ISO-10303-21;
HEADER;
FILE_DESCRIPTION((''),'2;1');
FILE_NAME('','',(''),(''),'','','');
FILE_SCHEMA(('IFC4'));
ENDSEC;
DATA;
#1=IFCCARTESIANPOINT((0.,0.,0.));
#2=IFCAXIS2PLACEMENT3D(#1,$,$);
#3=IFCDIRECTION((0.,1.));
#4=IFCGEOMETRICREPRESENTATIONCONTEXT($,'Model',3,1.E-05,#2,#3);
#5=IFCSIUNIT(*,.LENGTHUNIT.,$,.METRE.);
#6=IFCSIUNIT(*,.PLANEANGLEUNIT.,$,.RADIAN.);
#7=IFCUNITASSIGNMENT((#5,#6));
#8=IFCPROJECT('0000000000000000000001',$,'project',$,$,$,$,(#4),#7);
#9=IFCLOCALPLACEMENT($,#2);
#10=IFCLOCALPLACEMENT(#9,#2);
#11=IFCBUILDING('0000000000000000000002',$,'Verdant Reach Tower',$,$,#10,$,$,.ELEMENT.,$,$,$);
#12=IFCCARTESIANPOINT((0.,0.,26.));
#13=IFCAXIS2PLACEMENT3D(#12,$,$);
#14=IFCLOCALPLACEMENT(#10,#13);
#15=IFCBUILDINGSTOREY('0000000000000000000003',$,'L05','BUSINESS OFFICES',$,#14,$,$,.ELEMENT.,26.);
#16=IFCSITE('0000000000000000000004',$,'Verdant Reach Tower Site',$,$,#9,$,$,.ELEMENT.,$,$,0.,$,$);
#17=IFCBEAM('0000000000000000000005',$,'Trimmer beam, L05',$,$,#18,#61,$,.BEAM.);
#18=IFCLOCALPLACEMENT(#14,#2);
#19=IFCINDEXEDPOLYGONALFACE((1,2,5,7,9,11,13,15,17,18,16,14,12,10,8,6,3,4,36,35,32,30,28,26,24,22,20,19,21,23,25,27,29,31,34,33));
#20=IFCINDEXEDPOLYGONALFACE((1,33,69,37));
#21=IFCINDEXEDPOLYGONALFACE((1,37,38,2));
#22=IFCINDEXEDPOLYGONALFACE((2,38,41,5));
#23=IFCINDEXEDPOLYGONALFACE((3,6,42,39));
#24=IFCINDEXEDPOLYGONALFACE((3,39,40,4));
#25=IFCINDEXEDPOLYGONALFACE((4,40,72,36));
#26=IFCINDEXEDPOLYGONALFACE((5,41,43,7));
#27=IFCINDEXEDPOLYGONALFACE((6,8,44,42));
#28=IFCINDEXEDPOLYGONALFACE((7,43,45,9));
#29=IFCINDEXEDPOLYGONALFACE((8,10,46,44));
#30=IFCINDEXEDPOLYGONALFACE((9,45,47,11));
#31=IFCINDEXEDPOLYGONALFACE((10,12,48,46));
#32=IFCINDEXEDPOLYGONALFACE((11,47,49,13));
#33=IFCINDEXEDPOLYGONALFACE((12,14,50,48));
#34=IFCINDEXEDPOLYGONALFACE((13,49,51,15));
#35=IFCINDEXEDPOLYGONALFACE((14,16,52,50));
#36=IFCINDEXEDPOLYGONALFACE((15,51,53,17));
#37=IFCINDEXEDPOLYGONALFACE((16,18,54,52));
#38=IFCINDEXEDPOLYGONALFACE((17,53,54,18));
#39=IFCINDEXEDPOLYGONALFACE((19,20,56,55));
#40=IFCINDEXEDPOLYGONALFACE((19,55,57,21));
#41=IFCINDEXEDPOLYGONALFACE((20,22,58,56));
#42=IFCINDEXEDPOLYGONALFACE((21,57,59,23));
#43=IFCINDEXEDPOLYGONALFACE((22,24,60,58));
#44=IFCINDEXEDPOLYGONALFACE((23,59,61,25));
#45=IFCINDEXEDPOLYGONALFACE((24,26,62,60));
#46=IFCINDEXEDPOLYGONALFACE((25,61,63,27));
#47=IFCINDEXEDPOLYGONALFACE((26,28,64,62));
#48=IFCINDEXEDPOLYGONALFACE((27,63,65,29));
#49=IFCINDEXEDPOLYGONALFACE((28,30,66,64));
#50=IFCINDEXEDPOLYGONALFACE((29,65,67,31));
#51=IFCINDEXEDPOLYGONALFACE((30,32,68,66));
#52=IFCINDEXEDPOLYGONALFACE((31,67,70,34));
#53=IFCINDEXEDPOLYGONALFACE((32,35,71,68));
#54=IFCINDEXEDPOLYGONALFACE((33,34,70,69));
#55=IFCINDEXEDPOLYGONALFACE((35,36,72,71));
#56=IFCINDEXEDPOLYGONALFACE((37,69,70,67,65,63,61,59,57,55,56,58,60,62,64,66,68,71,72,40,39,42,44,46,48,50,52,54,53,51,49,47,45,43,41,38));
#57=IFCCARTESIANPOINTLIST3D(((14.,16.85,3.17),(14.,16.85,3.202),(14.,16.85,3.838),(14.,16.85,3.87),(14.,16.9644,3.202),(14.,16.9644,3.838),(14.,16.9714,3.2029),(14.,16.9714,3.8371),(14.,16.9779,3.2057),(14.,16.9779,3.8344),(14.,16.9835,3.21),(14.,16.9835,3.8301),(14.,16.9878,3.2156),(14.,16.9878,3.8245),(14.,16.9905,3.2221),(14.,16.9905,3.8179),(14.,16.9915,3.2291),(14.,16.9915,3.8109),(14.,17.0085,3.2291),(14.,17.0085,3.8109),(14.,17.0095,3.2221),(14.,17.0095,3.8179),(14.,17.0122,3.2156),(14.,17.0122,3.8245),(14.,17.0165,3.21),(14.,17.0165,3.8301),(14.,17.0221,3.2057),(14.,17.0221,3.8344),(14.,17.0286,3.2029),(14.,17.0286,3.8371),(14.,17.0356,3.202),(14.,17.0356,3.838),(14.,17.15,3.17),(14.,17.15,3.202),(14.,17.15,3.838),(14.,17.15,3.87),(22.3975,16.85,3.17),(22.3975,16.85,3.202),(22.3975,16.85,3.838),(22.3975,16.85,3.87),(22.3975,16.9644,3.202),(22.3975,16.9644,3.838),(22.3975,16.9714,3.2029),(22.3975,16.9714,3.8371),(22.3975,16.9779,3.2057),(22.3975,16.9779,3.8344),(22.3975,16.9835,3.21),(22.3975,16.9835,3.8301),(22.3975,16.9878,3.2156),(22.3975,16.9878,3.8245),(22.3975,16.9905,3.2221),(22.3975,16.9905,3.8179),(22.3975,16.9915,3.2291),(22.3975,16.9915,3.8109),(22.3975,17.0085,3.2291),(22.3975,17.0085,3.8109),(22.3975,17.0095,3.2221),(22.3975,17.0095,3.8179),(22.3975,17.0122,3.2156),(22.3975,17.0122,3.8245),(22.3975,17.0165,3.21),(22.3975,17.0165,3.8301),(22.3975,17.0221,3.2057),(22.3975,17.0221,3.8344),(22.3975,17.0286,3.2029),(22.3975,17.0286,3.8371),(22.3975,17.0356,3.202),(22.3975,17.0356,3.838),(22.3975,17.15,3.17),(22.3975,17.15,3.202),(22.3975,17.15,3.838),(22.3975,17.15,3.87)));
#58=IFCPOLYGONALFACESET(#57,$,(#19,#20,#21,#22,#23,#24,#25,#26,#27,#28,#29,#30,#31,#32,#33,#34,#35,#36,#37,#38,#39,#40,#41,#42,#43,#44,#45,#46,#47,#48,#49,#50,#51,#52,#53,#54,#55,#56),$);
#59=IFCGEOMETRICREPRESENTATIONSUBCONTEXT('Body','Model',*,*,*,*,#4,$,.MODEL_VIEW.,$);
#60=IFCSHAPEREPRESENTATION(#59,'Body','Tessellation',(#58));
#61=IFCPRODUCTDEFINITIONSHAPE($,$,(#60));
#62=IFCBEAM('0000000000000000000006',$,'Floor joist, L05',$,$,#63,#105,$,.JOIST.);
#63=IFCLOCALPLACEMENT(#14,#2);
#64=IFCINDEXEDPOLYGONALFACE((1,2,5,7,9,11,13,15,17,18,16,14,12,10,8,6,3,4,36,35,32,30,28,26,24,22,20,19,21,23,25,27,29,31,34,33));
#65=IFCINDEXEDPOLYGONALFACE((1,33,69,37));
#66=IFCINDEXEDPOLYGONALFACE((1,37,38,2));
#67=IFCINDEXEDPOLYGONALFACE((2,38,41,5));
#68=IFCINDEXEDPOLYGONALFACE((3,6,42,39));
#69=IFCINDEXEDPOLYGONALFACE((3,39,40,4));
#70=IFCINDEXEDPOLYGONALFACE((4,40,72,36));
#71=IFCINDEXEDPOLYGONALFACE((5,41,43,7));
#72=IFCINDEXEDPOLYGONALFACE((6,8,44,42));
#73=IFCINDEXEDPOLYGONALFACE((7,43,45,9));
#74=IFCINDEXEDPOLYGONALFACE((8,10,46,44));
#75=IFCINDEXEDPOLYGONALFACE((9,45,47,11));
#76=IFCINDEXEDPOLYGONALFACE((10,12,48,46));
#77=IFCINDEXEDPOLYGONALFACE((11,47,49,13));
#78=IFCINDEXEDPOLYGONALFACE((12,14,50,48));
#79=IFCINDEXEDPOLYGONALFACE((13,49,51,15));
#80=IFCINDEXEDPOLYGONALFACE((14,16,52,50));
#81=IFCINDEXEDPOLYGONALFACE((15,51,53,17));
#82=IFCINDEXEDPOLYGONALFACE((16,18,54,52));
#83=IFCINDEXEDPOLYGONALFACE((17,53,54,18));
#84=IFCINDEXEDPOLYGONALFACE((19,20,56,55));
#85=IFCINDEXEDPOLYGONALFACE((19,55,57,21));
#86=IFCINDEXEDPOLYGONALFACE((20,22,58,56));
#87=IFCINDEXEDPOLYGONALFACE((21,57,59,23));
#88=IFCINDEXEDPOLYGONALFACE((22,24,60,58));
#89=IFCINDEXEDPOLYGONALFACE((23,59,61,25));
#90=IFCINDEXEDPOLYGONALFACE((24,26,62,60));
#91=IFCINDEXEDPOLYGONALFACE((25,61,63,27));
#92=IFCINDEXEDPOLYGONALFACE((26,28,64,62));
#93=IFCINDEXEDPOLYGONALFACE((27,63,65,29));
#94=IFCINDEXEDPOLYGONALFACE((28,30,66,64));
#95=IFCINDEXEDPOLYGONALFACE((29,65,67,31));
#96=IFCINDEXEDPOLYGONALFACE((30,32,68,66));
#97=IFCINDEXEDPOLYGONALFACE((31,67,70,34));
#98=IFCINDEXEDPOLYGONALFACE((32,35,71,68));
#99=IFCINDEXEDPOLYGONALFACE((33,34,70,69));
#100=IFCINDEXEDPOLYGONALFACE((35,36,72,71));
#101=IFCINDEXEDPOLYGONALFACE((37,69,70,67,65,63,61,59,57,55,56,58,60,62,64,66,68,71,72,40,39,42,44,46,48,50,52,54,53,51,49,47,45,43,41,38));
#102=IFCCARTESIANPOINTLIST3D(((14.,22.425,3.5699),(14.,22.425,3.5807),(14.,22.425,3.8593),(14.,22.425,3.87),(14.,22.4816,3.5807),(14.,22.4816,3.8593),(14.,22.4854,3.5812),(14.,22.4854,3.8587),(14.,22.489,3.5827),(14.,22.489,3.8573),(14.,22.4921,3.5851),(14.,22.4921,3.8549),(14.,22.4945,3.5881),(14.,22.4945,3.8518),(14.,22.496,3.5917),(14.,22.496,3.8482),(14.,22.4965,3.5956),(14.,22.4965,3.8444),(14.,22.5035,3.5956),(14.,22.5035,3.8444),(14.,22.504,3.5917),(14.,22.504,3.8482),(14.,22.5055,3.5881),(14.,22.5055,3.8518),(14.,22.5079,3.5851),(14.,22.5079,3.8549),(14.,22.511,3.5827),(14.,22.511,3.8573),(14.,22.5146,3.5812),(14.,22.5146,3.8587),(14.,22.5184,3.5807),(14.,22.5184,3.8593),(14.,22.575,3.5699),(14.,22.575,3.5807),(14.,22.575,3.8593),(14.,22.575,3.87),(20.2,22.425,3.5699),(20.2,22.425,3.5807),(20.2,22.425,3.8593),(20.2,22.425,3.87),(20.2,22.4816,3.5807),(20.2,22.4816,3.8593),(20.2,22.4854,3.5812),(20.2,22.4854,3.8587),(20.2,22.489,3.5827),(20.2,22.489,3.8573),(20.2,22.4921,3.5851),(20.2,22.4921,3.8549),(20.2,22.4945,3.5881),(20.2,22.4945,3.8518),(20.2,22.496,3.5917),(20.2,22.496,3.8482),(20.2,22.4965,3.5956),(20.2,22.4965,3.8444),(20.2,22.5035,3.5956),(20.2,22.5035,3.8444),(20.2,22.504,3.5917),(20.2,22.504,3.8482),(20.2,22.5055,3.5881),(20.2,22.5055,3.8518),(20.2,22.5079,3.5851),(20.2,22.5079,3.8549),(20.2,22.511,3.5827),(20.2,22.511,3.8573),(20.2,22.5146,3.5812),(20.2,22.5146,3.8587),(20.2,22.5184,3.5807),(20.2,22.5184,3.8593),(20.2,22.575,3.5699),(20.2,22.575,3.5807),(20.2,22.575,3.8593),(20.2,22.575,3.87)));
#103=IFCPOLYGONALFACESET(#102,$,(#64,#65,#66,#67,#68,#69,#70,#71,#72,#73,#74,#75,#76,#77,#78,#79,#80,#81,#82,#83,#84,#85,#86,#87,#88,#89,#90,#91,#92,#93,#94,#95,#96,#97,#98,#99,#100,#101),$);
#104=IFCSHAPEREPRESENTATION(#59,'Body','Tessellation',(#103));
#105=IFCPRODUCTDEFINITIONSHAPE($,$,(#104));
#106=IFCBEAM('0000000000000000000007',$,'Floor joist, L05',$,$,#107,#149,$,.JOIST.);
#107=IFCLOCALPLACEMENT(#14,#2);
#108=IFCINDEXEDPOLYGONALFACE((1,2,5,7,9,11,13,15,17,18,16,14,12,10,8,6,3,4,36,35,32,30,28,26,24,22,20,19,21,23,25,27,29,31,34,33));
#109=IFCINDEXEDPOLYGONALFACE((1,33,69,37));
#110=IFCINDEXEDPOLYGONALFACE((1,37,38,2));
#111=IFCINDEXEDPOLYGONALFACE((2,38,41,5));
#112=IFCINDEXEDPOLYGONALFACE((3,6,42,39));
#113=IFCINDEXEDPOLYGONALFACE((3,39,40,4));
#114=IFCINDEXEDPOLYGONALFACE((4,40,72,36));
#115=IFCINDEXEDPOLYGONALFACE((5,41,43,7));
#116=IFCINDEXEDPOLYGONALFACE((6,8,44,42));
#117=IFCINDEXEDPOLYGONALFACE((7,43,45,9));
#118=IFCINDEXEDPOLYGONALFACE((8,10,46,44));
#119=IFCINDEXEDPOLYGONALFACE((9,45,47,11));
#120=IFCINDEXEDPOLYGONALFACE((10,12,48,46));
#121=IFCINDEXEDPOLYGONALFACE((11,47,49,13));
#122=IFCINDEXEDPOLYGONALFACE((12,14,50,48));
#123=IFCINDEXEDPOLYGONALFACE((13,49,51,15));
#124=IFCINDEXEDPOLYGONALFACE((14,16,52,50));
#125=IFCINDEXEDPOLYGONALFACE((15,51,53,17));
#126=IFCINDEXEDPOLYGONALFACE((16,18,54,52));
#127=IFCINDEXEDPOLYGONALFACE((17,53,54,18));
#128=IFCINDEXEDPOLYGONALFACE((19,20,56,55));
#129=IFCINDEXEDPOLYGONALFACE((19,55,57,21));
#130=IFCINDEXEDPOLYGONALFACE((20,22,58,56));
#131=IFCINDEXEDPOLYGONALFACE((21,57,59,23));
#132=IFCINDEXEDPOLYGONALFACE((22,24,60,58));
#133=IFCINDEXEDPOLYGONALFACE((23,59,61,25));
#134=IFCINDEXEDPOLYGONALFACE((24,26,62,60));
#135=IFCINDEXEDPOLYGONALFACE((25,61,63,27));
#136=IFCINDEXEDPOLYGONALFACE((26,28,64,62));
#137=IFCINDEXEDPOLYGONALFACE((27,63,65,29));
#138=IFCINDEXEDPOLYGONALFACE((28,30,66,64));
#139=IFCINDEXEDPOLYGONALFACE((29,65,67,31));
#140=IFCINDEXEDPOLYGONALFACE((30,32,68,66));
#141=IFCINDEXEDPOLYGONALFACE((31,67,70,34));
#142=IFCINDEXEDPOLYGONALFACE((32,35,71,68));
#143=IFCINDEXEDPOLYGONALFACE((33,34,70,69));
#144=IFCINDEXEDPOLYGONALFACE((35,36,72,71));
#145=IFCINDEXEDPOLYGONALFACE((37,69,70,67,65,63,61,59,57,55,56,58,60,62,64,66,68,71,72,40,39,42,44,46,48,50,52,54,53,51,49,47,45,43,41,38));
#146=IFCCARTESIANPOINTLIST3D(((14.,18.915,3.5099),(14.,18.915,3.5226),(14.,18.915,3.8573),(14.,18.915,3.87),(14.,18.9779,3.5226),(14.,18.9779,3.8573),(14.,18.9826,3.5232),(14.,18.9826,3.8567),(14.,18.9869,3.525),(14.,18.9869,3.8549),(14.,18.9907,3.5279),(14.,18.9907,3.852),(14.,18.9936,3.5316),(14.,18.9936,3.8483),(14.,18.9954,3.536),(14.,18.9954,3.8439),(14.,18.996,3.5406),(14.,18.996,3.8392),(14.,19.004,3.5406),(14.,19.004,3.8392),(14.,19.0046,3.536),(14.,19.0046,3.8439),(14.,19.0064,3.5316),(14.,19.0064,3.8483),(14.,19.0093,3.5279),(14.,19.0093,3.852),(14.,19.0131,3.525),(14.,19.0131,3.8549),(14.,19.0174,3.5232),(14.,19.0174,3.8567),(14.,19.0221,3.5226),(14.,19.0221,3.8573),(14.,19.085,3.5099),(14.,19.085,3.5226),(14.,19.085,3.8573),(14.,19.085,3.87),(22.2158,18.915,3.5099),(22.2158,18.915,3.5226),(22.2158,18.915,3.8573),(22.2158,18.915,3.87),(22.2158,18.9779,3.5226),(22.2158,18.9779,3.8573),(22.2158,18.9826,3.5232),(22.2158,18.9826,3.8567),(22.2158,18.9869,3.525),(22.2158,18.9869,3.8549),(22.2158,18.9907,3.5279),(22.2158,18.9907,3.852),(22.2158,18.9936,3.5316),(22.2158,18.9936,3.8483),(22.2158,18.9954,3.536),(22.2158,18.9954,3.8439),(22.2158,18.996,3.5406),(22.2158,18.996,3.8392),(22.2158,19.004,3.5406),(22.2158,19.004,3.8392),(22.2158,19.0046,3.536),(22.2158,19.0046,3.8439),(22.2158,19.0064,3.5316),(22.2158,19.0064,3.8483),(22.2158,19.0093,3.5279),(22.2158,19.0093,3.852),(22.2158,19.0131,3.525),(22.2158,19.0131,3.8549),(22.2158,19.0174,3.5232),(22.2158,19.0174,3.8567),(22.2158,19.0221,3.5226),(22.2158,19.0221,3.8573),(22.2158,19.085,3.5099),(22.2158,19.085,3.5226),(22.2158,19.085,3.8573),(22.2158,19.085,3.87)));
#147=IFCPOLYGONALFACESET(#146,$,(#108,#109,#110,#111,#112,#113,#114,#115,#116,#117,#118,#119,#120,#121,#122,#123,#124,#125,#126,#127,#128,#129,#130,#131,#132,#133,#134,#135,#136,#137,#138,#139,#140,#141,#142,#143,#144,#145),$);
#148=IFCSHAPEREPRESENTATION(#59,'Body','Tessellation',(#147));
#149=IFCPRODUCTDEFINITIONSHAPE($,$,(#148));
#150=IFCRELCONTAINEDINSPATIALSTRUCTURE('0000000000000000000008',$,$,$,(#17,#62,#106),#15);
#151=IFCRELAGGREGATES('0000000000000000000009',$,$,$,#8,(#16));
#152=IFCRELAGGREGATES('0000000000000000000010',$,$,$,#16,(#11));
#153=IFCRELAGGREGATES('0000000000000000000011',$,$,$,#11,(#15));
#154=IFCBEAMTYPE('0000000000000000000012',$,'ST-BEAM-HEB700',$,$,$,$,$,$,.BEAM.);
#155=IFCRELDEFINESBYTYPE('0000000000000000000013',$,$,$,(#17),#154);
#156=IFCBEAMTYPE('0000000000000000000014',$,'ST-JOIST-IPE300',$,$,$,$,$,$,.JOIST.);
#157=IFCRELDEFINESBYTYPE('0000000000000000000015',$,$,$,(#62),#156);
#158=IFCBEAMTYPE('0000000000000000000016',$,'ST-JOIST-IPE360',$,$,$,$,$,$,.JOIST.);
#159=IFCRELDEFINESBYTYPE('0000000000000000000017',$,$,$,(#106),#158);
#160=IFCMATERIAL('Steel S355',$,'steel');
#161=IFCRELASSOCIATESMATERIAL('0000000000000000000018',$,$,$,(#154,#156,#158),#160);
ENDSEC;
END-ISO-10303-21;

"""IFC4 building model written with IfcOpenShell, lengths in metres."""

from ifc_helpers import new_model, si_unit, direction, frame, origin, origin_2d, place, context, subcontext, project, spatial, i_section, extrude, material, material_profile, profile_set, type_object, element, save


model = new_model("IFC4")

# Units and contexts
model_context = context("Model", 3, precision=1e-05, world=origin(), true_north=direction((0.0, 1.0)))
body_context = subcontext(model_context, "Body", "Model", "MODEL_VIEW")
ifc_project = project(units=[si_unit("LENGTHUNIT", "METRE"), si_unit("PLANEANGLEUNIT", "RADIAN")], contexts=[model_context])

# Site, building, storey
site_placement = place(None, origin())
site = spatial("IfcSite", under=ifc_project, at=site_placement, Name="Verdant Reach Tower Site", CompositionType="ELEMENT", RefElevation=0.0)
building_placement = place(site_placement, origin())
building = spatial("IfcBuilding", under=site, at=building_placement, Name="Verdant Reach Tower", CompositionType="ELEMENT")
storey_placement = place(building_placement, frame((0.0, 0.0, 26.0)))
storey = spatial("IfcBuildingStorey", under=building, at=storey_placement, Name="L05", Description="BUSINESS OFFICES", CompositionType="ELEMENT", Elevation=26.0)

# Beams
ifc_material_1 = material(Name="Steel S355", Category="steel")
ifc_material_profile_1 = material_profile(ifc_material_1, i_section(OverallWidth=0.3, OverallDepth=0.7, WebThickness=0.0171, FlangeThickness=0.032, FilletRadius=0.0271, at=origin_2d()), Name="HEB 700")
ifc_profile_set_1 = profile_set([ifc_material_profile_1], Name="Steel S355")
beam_type_1 = type_object("IfcBeamType", Name="ST-BEAM-HEB700", PredefinedType="BEAM", material=ifc_profile_set_1)
beam_1_placement = place(storey_placement, frame((14.0, 17.0, 3.52), z_axis=(1.0, 0.0, 0.0), x_axis=(0.0, 1.0, 0.0)))
element("IfcBeam", 1, at=beam_1_placement, inside=storey, type_object=beam_type_1, Name="Trimmer beam, L05", PredefinedType="BEAM", context=body_context, shape_type="SweptSolid", body=[
    extrude(i_section(OverallWidth=0.3, OverallDepth=0.7, WebThickness=0.0171, FlangeThickness=0.032, FilletRadius=0.0271, at=origin_2d()), origin(), (0.0, 0.0, 1.0), 8.3975),
])
ifc_material_profile_2 = material_profile(ifc_material_1, i_section(OverallWidth=0.1499, OverallDepth=0.3, WebThickness=0.0071, FlangeThickness=0.0107, FilletRadius=0.0149, at=origin_2d()), Name="IPE 300")
ifc_profile_set_2 = profile_set([ifc_material_profile_2], Name="Steel S355")
beam_type_2 = type_object("IfcBeamType", Name="ST-JOIST-IPE300", PredefinedType="JOIST", material=ifc_profile_set_2)
beam_2_placement = place(storey_placement, frame((14.0, 22.5, 3.72), z_axis=(1.0, 0.0, 0.0), x_axis=(0.0, 1.0, 0.0)))
element("IfcBeam", 2, at=beam_2_placement, inside=storey, type_object=beam_type_2, Name="Floor joist, L05", PredefinedType="JOIST", context=body_context, shape_type="SweptSolid", body=[
    extrude(i_section(OverallWidth=0.1499, OverallDepth=0.3, WebThickness=0.0071, FlangeThickness=0.0107, FilletRadius=0.0149, at=origin_2d()), origin(), (0.0, 0.0, 1.0), 6.2),
])
ifc_material_profile_3 = material_profile(ifc_material_1, i_section(OverallWidth=0.1699, OverallDepth=0.3601, WebThickness=0.0081, FlangeThickness=0.0127, FilletRadius=0.0181, at=origin_2d()), Name="IPE 360")
ifc_profile_set_3 = profile_set([ifc_material_profile_3], Name="Steel S355")
beam_type_3 = type_object("IfcBeamType", Name="ST-JOIST-IPE360", PredefinedType="JOIST", material=ifc_profile_set_3)
beam_3_placement = place(storey_placement, frame((14.0, 19.0, 3.6899), z_axis=(1.0, 0.0, 0.0), x_axis=(0.0, 1.0, 0.0)))
element("IfcBeam", 3, at=beam_3_placement, inside=storey, type_object=beam_type_3, Name="Floor joist, L05", PredefinedType="JOIST", context=body_context, shape_type="SweptSolid", body=[
    extrude(i_section(OverallWidth=0.1699, OverallDepth=0.3601, WebThickness=0.0081, FlangeThickness=0.0127, FilletRadius=0.0181, at=origin_2d()), origin(), (0.0, 0.0, 1.0), 8.2158),
])

save(model, "model.ifc")
